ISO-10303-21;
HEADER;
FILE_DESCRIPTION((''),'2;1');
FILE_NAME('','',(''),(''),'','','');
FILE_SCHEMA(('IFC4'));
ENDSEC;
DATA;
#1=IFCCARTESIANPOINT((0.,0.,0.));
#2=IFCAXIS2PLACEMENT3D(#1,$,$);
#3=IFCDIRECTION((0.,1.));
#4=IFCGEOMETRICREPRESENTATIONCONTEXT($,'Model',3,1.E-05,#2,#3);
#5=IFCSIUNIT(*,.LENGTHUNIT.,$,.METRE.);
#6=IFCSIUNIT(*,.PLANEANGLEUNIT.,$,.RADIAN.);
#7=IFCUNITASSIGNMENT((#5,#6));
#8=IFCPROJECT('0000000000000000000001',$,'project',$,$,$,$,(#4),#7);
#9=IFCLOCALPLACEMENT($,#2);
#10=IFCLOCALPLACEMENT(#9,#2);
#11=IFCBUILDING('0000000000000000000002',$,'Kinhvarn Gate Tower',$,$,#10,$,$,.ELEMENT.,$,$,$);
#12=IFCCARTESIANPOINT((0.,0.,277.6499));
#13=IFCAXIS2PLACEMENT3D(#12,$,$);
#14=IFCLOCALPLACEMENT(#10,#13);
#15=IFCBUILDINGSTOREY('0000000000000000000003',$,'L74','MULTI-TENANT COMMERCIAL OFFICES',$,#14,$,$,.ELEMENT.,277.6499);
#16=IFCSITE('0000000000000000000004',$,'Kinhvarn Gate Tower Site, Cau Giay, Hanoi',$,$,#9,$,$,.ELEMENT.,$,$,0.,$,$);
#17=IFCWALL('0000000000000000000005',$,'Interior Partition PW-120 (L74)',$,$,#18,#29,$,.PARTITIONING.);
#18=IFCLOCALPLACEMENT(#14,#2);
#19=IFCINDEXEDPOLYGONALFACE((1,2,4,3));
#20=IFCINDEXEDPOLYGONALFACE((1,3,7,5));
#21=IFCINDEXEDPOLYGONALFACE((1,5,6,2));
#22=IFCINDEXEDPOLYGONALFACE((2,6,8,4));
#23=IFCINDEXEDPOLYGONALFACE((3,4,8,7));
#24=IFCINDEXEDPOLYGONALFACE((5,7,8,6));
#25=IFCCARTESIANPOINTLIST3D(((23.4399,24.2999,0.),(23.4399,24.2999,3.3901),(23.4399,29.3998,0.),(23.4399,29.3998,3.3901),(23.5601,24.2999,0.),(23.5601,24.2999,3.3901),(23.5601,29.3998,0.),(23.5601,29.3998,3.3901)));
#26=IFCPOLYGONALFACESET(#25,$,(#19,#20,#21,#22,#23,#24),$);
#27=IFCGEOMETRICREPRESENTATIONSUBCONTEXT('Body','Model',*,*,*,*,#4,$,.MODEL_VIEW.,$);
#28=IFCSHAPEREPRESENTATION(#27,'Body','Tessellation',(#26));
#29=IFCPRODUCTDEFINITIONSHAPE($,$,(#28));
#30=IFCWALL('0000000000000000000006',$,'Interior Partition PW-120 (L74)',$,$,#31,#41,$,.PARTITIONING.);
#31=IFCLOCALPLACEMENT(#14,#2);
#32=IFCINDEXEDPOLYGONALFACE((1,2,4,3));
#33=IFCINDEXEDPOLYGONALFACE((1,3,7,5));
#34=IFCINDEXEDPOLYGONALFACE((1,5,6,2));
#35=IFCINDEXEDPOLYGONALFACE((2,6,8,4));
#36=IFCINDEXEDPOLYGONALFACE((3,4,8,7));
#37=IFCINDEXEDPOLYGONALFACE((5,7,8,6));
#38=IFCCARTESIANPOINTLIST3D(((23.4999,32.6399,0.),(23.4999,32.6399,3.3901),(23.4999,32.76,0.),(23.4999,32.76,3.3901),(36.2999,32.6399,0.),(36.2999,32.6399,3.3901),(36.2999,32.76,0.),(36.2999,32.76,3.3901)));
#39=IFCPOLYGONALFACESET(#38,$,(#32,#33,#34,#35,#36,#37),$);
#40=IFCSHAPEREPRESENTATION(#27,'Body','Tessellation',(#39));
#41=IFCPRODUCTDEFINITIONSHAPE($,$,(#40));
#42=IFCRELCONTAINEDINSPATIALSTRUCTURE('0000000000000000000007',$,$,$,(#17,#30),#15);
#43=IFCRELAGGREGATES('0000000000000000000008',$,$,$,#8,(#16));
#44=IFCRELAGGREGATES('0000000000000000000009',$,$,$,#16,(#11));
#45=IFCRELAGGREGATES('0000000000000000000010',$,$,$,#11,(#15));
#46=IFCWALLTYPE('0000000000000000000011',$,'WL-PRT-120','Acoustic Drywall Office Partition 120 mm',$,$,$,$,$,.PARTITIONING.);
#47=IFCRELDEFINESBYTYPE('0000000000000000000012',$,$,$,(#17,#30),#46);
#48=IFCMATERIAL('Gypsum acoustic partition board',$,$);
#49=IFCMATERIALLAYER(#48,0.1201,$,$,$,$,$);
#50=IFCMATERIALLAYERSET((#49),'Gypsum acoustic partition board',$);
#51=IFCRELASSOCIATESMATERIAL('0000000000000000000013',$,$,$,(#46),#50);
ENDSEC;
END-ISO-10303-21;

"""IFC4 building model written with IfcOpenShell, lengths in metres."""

from ifc_helpers import new_model, si_unit, direction, frame, frame_2d, origin, place, context, subcontext, project, spatial, rectangle, extrude, material, layer, layer_set, type_object, element, save


model = new_model("IFC4")

# Units and contexts
model_context = context("Model", 3, precision=1e-05, world=origin(), true_north=direction((0.0, 1.0)))
body_context = subcontext(model_context, "Body", "Model", "MODEL_VIEW")
ifc_project = project(units=[si_unit("LENGTHUNIT", "METRE"), si_unit("PLANEANGLEUNIT", "RADIAN")], contexts=[model_context])

# Site, building, storey
site_placement = place(None, origin())
site = spatial("IfcSite", under=ifc_project, at=site_placement, Name="Kinhvarn Gate Tower Site, Cau Giay, Hanoi", CompositionType="ELEMENT", RefElevation=0.0)
building_placement = place(site_placement, origin())
building = spatial("IfcBuilding", under=site, at=building_placement, Name="Kinhvarn Gate Tower", CompositionType="ELEMENT")
storey_placement = place(building_placement, frame((0.0, 0.0, 277.6499)))
storey = spatial("IfcBuildingStorey", under=building, at=storey_placement, Name="L74", Description="MULTI-TENANT COMMERCIAL OFFICES", CompositionType="ELEMENT", Elevation=277.6499)

# Walls
ifc_material_1 = material(Name="Gypsum acoustic partition board")
ifc_layer_1 = layer(ifc_material_1, 0.1201)
ifc_layer_set_1 = layer_set([ifc_layer_1], Name="Gypsum acoustic partition board")
wall_type_1 = type_object("IfcWallType", Name="WL-PRT-120", Description="Acoustic Drywall Office Partition 120 mm", PredefinedType="PARTITIONING", material=ifc_layer_set_1)
wall_1_placement = place(storey_placement, frame((23.5, 24.3, 0.0), z_axis=(0.0, 0.0, 1.0), x_axis=(0.0, 1.0, 0.0)))
element("IfcWall", 1, at=wall_1_placement, inside=storey, type_object=wall_type_1, Name="Interior Partition PW-120 (L74)", PredefinedType="PARTITIONING", context=body_context, shape_type="SweptSolid", body=[
    extrude(rectangle(XDim=5.0999, YDim=0.1201, at=frame_2d((2.5498, 0.0))), origin(), (0.0, 0.0, 1.0), 3.3901),
])
wall_2_placement = place(storey_placement, frame((23.5, 32.7, 0.0), z_axis=(0.0, 0.0, 1.0), x_axis=(1.0, 0.0, 0.0)))
element("IfcWall", 2, at=wall_2_placement, inside=storey, type_object=wall_type_1, Name="Interior Partition PW-120 (L74)", PredefinedType="PARTITIONING", context=body_context, shape_type="SweptSolid", body=[
    extrude(rectangle(XDim=12.8, YDim=0.1201, at=frame_2d((6.3999, 0.0))), origin(), (0.0, 0.0, 1.0), 3.3901),
])

save(model, "model.ifc")
